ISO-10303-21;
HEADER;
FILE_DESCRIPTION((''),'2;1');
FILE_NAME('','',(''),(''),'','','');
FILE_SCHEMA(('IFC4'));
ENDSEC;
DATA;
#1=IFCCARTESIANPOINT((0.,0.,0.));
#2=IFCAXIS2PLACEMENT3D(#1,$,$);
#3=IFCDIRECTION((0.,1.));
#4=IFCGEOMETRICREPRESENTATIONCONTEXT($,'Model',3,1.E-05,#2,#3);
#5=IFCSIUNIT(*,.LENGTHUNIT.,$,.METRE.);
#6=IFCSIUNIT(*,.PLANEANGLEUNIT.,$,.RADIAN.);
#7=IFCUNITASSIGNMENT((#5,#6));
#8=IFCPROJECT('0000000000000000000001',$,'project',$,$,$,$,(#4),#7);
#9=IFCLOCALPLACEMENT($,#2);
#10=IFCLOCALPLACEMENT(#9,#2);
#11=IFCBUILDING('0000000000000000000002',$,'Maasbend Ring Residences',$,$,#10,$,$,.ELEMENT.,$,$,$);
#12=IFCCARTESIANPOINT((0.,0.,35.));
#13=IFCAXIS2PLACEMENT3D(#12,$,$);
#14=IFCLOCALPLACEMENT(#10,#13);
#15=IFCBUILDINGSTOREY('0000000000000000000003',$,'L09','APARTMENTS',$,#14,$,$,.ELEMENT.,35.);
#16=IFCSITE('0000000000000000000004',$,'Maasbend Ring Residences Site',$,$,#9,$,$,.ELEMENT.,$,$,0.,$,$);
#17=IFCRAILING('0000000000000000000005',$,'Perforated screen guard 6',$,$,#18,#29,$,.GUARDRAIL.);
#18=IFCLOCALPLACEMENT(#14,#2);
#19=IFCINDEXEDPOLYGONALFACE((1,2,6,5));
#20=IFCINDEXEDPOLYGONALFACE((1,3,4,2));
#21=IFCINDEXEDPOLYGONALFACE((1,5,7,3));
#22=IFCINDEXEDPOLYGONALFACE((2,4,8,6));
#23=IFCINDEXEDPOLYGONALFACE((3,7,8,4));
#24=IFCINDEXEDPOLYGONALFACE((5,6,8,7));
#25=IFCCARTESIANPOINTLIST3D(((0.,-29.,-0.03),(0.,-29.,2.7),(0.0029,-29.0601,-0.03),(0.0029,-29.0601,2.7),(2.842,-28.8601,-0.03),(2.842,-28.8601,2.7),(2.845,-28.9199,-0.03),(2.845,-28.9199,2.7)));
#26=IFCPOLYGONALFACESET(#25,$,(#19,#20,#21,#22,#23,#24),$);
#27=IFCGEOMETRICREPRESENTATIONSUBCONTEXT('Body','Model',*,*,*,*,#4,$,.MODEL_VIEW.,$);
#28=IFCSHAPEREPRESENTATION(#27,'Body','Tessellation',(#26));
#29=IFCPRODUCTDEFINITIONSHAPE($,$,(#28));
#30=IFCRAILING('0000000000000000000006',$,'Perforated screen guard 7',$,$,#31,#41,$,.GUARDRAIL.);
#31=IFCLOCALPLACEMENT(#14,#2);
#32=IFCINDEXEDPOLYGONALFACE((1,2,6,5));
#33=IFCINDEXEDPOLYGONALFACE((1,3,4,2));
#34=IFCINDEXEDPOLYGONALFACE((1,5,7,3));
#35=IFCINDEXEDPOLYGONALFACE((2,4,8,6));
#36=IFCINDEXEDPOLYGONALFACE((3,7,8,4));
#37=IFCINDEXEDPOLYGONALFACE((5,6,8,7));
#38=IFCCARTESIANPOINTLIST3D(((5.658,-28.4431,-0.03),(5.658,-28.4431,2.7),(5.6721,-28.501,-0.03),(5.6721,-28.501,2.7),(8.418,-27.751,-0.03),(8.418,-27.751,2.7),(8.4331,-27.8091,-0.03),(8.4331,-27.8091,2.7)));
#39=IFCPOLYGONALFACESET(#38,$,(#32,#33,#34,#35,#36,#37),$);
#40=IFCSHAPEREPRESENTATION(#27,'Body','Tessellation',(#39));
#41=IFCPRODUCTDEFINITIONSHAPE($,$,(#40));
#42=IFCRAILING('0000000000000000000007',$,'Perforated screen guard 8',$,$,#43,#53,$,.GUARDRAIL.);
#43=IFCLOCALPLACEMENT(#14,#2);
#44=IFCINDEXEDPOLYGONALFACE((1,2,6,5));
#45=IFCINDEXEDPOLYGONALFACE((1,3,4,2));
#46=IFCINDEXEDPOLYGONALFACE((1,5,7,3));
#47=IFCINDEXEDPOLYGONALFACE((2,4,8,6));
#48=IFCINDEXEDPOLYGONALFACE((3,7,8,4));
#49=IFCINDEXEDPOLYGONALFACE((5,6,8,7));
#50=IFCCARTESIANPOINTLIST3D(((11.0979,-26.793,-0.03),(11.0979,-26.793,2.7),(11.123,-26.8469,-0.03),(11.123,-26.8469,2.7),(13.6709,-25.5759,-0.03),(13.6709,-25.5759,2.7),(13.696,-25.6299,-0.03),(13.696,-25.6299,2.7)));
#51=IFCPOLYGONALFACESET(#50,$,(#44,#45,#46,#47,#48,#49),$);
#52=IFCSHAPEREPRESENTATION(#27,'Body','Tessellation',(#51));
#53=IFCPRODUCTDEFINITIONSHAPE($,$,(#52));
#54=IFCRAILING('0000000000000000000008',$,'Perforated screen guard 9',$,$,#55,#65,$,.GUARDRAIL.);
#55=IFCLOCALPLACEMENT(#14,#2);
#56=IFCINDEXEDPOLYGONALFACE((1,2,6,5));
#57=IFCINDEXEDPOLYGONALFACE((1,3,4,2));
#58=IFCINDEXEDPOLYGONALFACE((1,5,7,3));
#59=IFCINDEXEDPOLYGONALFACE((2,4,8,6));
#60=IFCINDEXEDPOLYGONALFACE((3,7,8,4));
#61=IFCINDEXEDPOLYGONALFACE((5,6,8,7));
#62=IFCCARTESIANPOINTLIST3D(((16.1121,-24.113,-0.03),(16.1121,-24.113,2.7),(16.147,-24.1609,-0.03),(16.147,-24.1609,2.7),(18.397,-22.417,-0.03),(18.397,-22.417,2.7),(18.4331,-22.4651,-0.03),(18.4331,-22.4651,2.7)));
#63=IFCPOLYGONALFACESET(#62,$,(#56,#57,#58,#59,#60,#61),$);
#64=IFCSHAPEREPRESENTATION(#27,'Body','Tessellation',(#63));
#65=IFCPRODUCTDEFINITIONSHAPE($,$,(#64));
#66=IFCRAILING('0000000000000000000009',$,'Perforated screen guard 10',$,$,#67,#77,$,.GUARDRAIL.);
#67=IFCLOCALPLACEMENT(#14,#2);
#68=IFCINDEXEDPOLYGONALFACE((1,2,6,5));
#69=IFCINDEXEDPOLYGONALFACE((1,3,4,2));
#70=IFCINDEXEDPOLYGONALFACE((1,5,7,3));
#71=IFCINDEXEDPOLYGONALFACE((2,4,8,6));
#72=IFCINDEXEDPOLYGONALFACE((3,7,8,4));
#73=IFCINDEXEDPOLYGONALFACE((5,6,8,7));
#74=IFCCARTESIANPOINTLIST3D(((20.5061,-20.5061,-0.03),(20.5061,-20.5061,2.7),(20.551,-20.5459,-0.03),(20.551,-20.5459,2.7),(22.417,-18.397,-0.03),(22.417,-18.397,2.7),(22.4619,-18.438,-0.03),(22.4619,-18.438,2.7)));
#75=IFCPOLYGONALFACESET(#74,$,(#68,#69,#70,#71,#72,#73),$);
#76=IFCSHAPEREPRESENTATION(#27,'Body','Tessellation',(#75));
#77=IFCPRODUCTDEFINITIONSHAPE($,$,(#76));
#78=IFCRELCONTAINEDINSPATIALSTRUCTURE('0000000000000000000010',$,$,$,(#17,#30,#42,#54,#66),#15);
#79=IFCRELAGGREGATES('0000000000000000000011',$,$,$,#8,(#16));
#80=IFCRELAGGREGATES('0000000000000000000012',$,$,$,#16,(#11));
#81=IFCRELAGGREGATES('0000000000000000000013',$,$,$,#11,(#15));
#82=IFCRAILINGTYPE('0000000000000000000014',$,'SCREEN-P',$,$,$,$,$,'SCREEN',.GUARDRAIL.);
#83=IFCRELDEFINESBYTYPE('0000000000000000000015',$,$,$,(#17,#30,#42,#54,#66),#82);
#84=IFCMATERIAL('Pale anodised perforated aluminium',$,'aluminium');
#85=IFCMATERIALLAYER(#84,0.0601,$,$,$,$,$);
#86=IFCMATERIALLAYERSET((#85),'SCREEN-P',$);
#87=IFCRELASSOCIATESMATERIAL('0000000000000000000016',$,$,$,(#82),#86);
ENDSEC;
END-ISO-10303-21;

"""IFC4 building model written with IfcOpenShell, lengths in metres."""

from ifc_helpers import new_model, si_unit, direction, frame, origin, place, context, subcontext, project, spatial, polyline, outline, extrude, material, layer, layer_set, type_object, element, save


model = new_model("IFC4")

# Units and contexts
model_context = context("Model", 3, precision=1e-05, world=origin(), true_north=direction((0.0, 1.0)))
body_context = subcontext(model_context, "Body", "Model", "MODEL_VIEW")
ifc_project = project(units=[si_unit("LENGTHUNIT", "METRE"), si_unit("PLANEANGLEUNIT", "RADIAN")], contexts=[model_context])

# Site, building, storey
site_placement = place(None, origin())
site = spatial("IfcSite", under=ifc_project, at=site_placement, Name="Maasbend Ring Residences Site", CompositionType="ELEMENT", RefElevation=0.0)
building_placement = place(site_placement, origin())
building = spatial("IfcBuilding", under=site, at=building_placement, Name="Maasbend Ring Residences", CompositionType="ELEMENT")
storey_placement = place(building_placement, frame((0.0, 0.0, 35.0)))
storey = spatial("IfcBuildingStorey", under=building, at=storey_placement, Name="L09", Description="APARTMENTS", CompositionType="ELEMENT", Elevation=35.0)

# Railings
ifc_material_1 = material(Name="Pale anodised perforated aluminium", Category="aluminium")
ifc_layer_1 = layer(ifc_material_1, 0.0601)
ifc_layer_set_1 = layer_set([ifc_layer_1], Name="SCREEN-P")
railing_type = type_object("IfcRailingType", Name="SCREEN-P", ElementType="SCREEN", PredefinedType="GUARDRAIL", material=ifc_layer_set_1)
railing_1_placement = place(storey_placement, frame((0.0, 0.0, -0.03)))
element("IfcRailing", 1, at=railing_1_placement, inside=storey, type_object=railing_type, Name="Perforated screen guard 6", PredefinedType="GUARDRAIL", context=body_context, shape_type="SweptSolid", body=[
    extrude(outline(polyline([(0.0, -29.0), (2.842, -28.8601), (2.845, -28.9199), (0.0029, -29.0601), (0.0, -29.0)])), origin(), (0.0, 0.0, 1.0), 2.73),
])
railing_2_placement = place(storey_placement, frame((0.0, 0.0, -0.03)))
element("IfcRailing", 2, at=railing_2_placement, inside=storey, type_object=railing_type, Name="Perforated screen guard 7", PredefinedType="GUARDRAIL", context=body_context, shape_type="SweptSolid", body=[
    extrude(outline(polyline([(5.658, -28.4431), (8.418, -27.751), (8.4331, -27.8091), (5.6721, -28.501), (5.658, -28.4431)])), origin(), (0.0, 0.0, 1.0), 2.73),
])
railing_3_placement = place(storey_placement, frame((0.0, 0.0, -0.03)))
element("IfcRailing", 3, at=railing_3_placement, inside=storey, type_object=railing_type, Name="Perforated screen guard 8", PredefinedType="GUARDRAIL", context=body_context, shape_type="SweptSolid", body=[
    extrude(outline(polyline([(11.0979, -26.793), (13.6709, -25.5759), (13.696, -25.6299), (11.123, -26.8469), (11.0979, -26.793)])), origin(), (0.0, 0.0, 1.0), 2.73),
])
railing_4_placement = place(storey_placement, frame((0.0, 0.0, -0.03)))
element("IfcRailing", 4, at=railing_4_placement, inside=storey, type_object=railing_type, Name="Perforated screen guard 9", PredefinedType="GUARDRAIL", context=body_context, shape_type="SweptSolid", body=[
    extrude(outline(polyline([(16.1121, -24.113), (18.397, -22.417), (18.4331, -22.4651), (16.147, -24.1609), (16.1121, -24.113)])), origin(), (0.0, 0.0, 1.0), 2.73),
])
railing_5_placement = place(storey_placement, frame((0.0, 0.0, -0.03)))
element("IfcRailing", 5, at=railing_5_placement, inside=storey, type_object=railing_type, Name="Perforated screen guard 10", PredefinedType="GUARDRAIL", context=body_context, shape_type="SweptSolid", body=[
    extrude(outline(polyline([(20.5061, -20.5061), (22.417, -18.397), (22.4619, -18.438), (20.551, -20.5459), (20.5061, -20.5061)])), origin(), (0.0, 0.0, 1.0), 2.73),
])

save(model, "model.ifc")
